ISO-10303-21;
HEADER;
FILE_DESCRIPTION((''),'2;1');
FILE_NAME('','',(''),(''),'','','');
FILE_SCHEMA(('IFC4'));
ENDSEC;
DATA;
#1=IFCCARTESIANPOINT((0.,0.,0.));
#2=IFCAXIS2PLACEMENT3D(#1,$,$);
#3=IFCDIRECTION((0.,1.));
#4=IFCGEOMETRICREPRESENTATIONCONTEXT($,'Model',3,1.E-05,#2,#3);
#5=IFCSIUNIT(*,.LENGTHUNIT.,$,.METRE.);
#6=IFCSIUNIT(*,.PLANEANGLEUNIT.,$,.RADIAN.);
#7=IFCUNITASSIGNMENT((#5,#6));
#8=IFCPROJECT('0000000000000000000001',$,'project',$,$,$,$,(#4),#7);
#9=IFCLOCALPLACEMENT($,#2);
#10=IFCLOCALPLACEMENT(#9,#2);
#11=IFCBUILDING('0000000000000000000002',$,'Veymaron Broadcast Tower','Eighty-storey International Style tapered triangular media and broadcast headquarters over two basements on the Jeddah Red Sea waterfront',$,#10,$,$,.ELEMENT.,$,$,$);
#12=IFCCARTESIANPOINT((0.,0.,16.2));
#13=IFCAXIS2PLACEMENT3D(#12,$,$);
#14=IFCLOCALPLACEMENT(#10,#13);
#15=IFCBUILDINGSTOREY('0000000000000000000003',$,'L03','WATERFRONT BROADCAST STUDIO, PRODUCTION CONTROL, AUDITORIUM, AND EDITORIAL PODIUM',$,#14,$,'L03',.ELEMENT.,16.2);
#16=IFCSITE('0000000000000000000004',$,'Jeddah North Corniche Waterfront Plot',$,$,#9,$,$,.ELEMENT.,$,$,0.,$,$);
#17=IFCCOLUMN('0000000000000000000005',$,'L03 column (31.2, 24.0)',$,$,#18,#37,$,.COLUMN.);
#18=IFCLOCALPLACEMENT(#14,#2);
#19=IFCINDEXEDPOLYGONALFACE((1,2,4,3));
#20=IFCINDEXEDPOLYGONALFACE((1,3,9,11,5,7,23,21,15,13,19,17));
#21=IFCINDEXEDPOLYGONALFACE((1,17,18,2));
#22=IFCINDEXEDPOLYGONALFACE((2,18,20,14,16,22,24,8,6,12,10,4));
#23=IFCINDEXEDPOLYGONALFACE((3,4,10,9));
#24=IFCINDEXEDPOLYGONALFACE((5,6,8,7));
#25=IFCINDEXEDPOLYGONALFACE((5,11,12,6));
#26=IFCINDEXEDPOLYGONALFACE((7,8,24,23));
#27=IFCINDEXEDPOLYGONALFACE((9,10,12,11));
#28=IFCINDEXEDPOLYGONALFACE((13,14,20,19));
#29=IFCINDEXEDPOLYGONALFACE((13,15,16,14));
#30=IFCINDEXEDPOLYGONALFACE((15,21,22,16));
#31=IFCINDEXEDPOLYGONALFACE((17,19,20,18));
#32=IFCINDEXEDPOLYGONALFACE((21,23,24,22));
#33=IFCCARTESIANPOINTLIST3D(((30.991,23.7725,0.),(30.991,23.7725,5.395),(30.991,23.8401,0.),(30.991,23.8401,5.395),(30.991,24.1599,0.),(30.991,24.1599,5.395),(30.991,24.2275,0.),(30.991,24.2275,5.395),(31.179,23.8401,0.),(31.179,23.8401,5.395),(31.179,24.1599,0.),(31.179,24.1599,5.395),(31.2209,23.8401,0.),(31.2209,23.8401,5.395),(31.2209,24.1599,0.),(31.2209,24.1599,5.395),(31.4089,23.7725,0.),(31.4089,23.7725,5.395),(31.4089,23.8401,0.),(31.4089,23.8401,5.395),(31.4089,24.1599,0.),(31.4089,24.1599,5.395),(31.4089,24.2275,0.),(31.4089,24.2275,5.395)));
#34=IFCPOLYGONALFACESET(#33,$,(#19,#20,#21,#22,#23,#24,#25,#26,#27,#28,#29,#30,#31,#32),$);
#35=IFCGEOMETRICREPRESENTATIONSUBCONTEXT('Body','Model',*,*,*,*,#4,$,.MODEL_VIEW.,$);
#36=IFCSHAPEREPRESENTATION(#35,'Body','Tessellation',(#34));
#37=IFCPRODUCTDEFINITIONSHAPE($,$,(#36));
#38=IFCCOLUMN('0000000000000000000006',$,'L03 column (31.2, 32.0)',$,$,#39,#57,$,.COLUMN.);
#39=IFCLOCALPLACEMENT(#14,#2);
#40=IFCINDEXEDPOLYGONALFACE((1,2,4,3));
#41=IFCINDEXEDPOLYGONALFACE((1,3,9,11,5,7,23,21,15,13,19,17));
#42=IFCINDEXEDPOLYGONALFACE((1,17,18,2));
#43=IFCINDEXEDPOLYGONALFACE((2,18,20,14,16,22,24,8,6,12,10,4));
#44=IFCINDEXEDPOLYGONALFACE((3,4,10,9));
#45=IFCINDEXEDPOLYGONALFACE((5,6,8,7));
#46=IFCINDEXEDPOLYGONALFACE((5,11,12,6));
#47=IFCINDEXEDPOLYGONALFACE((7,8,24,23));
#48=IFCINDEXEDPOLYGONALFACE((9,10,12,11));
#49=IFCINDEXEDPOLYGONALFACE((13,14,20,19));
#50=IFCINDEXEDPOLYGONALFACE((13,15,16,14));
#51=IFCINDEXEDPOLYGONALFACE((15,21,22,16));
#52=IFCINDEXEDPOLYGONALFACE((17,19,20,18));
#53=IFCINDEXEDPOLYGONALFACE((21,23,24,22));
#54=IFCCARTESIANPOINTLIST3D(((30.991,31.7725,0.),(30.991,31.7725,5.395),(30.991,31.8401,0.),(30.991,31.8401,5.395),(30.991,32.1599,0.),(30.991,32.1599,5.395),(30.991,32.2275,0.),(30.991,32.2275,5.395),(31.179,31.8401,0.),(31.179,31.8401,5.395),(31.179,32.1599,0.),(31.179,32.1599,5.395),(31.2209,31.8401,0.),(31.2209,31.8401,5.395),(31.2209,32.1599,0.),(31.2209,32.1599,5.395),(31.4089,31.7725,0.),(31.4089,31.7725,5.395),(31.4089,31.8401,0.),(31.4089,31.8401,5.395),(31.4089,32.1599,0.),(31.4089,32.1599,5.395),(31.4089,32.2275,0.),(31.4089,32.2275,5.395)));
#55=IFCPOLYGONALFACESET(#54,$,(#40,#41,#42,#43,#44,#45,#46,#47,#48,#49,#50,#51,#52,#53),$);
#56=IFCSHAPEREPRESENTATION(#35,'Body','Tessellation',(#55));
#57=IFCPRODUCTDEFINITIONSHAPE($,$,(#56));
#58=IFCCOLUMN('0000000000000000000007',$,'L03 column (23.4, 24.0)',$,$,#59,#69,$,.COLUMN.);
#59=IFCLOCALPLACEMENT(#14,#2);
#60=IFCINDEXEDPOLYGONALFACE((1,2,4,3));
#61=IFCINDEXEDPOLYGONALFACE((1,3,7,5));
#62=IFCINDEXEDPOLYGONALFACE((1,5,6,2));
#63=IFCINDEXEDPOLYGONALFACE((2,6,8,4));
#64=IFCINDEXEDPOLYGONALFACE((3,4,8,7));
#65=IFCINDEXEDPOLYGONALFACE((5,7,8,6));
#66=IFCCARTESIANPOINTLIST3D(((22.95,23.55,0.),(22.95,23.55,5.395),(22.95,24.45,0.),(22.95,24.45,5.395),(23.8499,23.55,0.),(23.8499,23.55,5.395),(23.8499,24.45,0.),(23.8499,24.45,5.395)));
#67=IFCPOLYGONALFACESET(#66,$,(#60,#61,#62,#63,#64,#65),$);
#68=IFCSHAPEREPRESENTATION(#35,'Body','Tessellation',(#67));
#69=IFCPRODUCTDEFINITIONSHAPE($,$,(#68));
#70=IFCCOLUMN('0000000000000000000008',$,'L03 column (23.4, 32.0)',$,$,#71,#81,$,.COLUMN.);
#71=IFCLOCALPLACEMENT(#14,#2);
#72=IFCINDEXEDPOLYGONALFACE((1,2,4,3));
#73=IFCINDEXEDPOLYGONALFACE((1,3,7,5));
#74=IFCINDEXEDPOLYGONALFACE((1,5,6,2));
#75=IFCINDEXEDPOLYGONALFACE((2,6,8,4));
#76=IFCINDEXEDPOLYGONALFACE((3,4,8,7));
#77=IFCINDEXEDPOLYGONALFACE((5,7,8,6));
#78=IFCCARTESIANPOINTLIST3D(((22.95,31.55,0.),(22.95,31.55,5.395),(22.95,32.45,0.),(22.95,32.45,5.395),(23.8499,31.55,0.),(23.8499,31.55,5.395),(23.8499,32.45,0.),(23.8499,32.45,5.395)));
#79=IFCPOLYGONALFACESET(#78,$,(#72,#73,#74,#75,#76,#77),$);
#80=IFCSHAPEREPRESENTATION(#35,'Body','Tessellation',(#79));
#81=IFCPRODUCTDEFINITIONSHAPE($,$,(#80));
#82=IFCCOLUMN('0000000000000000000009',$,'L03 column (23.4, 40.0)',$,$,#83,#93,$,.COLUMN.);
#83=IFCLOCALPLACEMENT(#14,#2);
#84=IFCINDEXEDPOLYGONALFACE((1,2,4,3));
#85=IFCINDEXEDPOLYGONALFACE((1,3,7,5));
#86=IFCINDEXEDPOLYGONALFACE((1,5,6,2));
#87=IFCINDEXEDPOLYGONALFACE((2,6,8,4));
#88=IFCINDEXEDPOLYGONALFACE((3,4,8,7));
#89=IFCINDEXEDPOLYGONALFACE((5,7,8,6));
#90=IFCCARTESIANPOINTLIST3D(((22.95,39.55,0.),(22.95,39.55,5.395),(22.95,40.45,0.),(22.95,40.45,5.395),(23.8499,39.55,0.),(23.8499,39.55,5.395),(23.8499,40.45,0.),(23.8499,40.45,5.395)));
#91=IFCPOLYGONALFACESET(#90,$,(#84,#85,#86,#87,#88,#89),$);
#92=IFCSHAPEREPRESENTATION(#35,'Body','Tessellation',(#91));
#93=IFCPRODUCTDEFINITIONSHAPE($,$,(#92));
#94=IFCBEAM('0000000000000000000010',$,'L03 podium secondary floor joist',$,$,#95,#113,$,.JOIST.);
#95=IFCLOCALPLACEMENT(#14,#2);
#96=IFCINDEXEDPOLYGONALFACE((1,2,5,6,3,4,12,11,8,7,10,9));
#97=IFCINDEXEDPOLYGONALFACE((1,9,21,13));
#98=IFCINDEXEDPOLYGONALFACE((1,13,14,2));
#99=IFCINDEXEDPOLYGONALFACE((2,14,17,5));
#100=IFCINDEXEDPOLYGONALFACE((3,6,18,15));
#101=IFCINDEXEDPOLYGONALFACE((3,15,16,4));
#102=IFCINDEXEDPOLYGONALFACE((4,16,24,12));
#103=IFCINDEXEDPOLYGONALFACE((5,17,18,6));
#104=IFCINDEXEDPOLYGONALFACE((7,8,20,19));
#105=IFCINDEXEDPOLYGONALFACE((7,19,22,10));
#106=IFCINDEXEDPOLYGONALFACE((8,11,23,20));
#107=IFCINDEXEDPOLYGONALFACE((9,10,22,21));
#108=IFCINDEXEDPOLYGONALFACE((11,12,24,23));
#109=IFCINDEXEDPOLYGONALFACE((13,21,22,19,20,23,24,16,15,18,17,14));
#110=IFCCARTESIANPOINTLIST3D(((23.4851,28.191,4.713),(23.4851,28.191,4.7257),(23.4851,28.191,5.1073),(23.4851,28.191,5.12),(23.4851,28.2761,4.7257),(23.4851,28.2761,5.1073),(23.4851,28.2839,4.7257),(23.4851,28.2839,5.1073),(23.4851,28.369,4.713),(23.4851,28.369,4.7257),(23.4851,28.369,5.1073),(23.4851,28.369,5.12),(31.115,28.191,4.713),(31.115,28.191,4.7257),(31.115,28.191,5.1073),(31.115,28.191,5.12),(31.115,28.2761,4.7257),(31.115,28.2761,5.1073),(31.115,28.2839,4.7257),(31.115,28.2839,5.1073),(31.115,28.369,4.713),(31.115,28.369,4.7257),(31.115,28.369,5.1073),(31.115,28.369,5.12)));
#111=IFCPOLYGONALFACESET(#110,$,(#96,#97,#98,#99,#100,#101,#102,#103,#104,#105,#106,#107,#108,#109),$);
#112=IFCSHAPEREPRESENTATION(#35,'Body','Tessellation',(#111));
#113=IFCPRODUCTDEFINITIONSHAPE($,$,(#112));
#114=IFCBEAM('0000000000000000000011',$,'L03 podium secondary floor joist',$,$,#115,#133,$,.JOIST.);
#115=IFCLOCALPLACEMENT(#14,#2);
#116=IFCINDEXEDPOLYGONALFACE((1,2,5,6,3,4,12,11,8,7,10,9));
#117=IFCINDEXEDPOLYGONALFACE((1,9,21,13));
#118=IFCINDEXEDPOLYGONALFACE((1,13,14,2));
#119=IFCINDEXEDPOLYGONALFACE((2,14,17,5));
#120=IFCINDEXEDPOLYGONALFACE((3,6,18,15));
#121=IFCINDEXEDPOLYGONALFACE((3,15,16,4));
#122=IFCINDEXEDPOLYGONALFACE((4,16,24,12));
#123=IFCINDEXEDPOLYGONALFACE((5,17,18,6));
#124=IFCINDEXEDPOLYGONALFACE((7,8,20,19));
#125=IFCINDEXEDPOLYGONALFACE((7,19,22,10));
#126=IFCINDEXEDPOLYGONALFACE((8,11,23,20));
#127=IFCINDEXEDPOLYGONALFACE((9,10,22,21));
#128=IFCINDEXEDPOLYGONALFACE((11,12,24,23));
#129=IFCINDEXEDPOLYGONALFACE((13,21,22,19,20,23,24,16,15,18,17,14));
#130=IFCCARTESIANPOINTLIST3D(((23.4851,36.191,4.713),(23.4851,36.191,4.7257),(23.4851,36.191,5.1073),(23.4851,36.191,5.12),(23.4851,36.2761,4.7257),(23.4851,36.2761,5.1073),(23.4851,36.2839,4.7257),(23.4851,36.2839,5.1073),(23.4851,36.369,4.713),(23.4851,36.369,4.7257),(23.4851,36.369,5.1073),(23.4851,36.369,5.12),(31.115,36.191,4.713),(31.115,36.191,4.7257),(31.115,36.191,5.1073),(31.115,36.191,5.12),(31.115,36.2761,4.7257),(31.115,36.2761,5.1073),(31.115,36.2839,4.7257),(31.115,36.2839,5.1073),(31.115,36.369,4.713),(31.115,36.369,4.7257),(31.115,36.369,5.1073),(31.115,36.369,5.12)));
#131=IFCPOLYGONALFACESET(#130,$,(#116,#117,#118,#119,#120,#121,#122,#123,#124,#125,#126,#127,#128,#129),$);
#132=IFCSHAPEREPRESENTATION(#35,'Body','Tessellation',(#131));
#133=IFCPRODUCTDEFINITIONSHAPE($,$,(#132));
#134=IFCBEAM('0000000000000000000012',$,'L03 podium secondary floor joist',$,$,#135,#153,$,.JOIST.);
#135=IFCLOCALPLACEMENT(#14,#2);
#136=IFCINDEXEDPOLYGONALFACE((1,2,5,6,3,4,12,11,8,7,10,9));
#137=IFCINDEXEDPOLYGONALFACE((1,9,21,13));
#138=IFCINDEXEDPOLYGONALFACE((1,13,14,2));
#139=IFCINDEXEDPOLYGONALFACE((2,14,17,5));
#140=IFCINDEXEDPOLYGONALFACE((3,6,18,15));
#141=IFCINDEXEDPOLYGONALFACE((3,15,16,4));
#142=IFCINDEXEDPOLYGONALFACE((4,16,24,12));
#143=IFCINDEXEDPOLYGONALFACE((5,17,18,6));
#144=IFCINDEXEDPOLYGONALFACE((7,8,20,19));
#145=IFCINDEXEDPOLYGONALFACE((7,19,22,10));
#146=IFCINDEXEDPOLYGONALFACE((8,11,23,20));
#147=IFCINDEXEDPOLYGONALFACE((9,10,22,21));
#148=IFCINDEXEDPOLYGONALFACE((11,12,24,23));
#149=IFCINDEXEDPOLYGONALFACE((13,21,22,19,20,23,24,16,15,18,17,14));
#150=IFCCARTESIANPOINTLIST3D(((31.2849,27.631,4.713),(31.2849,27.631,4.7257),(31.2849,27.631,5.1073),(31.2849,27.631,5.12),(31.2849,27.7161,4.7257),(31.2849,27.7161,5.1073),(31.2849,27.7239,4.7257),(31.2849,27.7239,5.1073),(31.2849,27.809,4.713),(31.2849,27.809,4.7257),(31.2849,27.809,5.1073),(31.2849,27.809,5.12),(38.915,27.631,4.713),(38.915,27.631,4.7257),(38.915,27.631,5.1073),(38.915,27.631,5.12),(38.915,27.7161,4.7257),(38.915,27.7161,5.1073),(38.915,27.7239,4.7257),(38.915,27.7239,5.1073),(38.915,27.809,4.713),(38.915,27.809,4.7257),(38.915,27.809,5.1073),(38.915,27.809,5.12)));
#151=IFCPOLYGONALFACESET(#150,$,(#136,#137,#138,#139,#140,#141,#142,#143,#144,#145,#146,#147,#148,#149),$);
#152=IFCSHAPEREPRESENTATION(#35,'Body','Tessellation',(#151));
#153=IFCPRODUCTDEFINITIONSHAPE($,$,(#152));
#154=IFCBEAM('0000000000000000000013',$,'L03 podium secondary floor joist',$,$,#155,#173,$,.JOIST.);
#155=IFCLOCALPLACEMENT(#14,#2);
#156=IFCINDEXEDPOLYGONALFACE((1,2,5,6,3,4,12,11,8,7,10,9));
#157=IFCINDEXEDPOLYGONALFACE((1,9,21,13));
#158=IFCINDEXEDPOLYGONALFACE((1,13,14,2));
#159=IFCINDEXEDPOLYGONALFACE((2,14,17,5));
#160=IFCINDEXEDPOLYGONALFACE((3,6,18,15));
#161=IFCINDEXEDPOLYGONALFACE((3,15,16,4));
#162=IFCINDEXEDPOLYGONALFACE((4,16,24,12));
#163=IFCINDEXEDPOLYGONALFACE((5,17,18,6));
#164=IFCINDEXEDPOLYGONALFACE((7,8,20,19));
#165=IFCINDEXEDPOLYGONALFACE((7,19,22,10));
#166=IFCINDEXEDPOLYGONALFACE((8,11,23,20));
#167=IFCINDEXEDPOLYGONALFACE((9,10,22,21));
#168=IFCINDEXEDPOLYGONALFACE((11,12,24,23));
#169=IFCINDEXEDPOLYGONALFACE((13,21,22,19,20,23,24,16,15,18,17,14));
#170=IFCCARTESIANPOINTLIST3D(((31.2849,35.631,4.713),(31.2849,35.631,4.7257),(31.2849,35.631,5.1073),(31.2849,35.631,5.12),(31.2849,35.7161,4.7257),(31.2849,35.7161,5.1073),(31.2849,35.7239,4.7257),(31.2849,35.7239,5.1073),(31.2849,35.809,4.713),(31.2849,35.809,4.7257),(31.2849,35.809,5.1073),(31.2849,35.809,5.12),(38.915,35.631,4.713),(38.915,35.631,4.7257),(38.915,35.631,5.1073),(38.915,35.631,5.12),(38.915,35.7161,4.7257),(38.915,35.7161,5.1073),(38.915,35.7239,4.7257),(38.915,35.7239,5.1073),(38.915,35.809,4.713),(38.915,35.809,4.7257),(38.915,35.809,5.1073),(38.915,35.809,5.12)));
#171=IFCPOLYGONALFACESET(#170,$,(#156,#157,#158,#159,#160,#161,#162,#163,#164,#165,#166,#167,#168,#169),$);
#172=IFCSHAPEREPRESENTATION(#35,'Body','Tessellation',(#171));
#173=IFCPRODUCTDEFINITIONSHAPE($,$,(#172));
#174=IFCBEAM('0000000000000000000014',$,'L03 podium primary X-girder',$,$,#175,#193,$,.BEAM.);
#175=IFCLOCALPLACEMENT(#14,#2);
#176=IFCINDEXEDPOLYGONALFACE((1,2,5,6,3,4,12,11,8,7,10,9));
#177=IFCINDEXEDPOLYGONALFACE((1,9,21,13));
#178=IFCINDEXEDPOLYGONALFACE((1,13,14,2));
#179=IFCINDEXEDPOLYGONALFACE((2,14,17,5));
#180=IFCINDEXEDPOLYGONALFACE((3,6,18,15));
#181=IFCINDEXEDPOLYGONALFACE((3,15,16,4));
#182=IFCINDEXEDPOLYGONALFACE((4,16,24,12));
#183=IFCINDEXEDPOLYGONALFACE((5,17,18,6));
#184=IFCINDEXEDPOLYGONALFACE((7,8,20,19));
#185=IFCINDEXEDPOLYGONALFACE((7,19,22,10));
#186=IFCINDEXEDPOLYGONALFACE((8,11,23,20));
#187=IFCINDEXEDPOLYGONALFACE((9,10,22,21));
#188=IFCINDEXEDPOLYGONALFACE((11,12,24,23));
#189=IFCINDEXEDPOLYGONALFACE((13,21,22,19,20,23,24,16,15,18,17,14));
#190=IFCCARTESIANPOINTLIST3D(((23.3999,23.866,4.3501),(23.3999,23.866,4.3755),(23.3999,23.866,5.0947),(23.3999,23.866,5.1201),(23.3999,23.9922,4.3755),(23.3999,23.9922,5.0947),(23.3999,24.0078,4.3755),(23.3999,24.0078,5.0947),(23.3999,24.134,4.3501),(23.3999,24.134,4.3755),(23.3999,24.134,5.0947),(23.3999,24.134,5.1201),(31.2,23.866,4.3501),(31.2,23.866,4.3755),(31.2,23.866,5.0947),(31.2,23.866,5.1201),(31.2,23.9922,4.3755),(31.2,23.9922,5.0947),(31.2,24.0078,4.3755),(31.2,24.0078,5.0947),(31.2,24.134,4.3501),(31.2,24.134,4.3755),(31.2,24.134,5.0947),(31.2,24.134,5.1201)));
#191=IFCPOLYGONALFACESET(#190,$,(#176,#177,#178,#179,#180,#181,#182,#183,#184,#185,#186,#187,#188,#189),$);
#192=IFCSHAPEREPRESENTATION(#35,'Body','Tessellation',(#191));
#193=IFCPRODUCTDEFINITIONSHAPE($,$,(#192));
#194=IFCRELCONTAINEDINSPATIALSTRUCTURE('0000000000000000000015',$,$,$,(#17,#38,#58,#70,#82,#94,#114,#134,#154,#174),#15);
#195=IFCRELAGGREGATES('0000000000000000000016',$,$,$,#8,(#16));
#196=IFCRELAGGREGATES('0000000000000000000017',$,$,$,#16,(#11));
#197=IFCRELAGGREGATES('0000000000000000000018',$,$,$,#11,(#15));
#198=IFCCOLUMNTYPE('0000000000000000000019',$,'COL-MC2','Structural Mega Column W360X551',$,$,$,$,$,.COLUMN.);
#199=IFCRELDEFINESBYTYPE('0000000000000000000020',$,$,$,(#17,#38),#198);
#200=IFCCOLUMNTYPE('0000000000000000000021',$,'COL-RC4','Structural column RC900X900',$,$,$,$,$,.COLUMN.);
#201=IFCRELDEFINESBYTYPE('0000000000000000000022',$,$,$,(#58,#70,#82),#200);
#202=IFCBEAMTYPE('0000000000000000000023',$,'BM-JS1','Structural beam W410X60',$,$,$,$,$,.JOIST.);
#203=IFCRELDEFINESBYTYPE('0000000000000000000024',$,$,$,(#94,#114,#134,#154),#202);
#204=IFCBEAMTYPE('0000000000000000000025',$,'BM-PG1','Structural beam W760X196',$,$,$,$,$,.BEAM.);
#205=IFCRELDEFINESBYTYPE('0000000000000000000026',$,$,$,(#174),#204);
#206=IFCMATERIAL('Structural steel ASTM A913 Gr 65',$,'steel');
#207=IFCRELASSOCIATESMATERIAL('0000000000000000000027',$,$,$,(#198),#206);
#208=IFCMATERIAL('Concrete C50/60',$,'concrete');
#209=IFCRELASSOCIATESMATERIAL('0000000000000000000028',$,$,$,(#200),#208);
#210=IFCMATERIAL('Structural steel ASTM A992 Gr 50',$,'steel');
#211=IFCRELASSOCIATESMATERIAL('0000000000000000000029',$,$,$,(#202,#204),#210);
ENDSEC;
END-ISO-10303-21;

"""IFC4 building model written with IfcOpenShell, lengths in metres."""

from ifc_helpers import new_model, si_unit, direction, frame, origin, origin_2d, place, context, subcontext, project, spatial, rectangle, i_section, extrude, material, material_profile, profile_set, type_object, element, save


model = new_model("IFC4")

# Units and contexts
model_context = context("Model", 3, precision=1e-05, world=origin(), true_north=direction((0.0, 1.0)))
body_context = subcontext(model_context, "Body", "Model", "MODEL_VIEW")
ifc_project = project(units=[si_unit("LENGTHUNIT", "METRE"), si_unit("PLANEANGLEUNIT", "RADIAN")], contexts=[model_context])

# Site, building, storey
site_placement = place(None, origin())
site = spatial("IfcSite", under=ifc_project, at=site_placement, Name="Jeddah North Corniche Waterfront Plot", CompositionType="ELEMENT", RefElevation=0.0)
building_placement = place(site_placement, origin())
building = spatial("IfcBuilding", under=site, at=building_placement, Name="Veymaron Broadcast Tower", Description="Eighty-storey International Style tapered triangular media and broadcast headquarters over two basements on the Jeddah Red Sea waterfront", CompositionType="ELEMENT")
storey_placement = place(building_placement, frame((0.0, 0.0, 16.2)))
storey = spatial("IfcBuildingStorey", under=building, at=storey_placement, Name="L03", Description="WATERFRONT BROADCAST STUDIO, PRODUCTION CONTROL, AUDITORIUM, AND EDITORIAL PODIUM", LongName="L03", CompositionType="ELEMENT", Elevation=16.2)

# Columns
ifc_material_1 = material(Name="Structural steel ASTM A913 Gr 65", Category="steel")
ifc_material_profile_1 = material_profile(ifc_material_1, i_section(OverallWidth=0.418, OverallDepth=0.4551, WebThickness=0.042, FlangeThickness=0.0676, at=origin_2d()), Name="W360X551")
ifc_profile_set_1 = profile_set([ifc_material_profile_1], Name="Structural steel ASTM A913 Gr 65")
column_type_1 = type_object("IfcColumnType", Name="COL-MC2", Description="Structural Mega Column W360X551", PredefinedType="COLUMN", material=ifc_profile_set_1)
for number, where, z_axis, x_axis, name in (
    (1, (31.2, 24.0, 0.0), (0.0, 0.0, 1.0), (1.0, 0.0, 0.0), "L03 column (31.2, 24.0)"),
    (2, (31.2, 32.0, 0.0), (0.0, 0.0, 1.0), (1.0, 0.0, 0.0), "L03 column (31.2, 32.0)"),
):
    element("IfcColumn", number, at=place(storey_placement, frame(where, z_axis=z_axis, x_axis=x_axis)), inside=storey, type_object=column_type_1, Name=name, PredefinedType="COLUMN", context=body_context, shape_type="SweptSolid", body=[
        extrude(i_section(OverallWidth=0.418, OverallDepth=0.4551, WebThickness=0.042, FlangeThickness=0.0676, at=origin_2d()), origin(), (0.0, 0.0, 1.0), 5.395),
    ])
ifc_material_2 = material(Name="Concrete C50/60", Category="concrete")
ifc_material_profile_2 = material_profile(ifc_material_2, rectangle(XDim=0.8999, YDim=0.8999, at=origin_2d()), Name="RC900X900")
ifc_profile_set_2 = profile_set([ifc_material_profile_2], Name="Concrete C50/60")
column_type_2 = type_object("IfcColumnType", Name="COL-RC4", Description="Structural column RC900X900", PredefinedType="COLUMN", material=ifc_profile_set_2)
for number, where, z_axis, x_axis, name in (
    (3, (23.3999, 24.0, 0.0), (0.0, 0.0, 1.0), (1.0, 0.0, 0.0), "L03 column (23.4, 24.0)"),
    (4, (23.3999, 32.0, 0.0), (0.0, 0.0, 1.0), (1.0, 0.0, 0.0), "L03 column (23.4, 32.0)"),
    (5, (23.3999, 40.0, 0.0), (0.0, 0.0, 1.0), (1.0, 0.0, 0.0), "L03 column (23.4, 40.0)"),
):
    element("IfcColumn", number, at=place(storey_placement, frame(where, z_axis=z_axis, x_axis=x_axis)), inside=storey, type_object=column_type_2, Name=name, PredefinedType="COLUMN", context=body_context, shape_type="SweptSolid", body=[
        extrude(rectangle(XDim=0.8999, YDim=0.8999, at=origin_2d()), origin(), (0.0, 0.0, 1.0), 5.395),
    ])

# Beams
ifc_material_3 = material(Name="Structural steel ASTM A992 Gr 50", Category="steel")
ifc_material_profile_3 = material_profile(ifc_material_3, i_section(OverallWidth=0.178, OverallDepth=0.407, WebThickness=0.0078, FlangeThickness=0.0127, at=origin_2d()), Name="W410X60")
ifc_profile_set_3 = profile_set([ifc_material_profile_3], Name="Structural steel ASTM A992 Gr 50")
beam_type_1 = type_object("IfcBeamType", Name="BM-JS1", Description="Structural beam W410X60", PredefinedType="JOIST", material=ifc_profile_set_3)
for number, where, z_axis, x_axis, name in (
    (6, (23.4851, 28.28, 4.9165), (1.0, 0.0, 0.0), (0.0, 1.0, 0.0), "L03 podium secondary floor joist"),
    (7, (23.4851, 36.28, 4.9165), (1.0, 0.0, 0.0), (0.0, 1.0, 0.0), "L03 podium secondary floor joist"),
):
    element("IfcBeam", number, at=place(storey_placement, frame(where, z_axis=z_axis, x_axis=x_axis)), inside=storey, type_object=beam_type_1, Name=name, PredefinedType="JOIST", context=body_context, shape_type="SweptSolid", body=[
        extrude(i_section(OverallWidth=0.178, OverallDepth=0.407, WebThickness=0.0078, FlangeThickness=0.0127, at=origin_2d()), origin(), (0.0, 0.0, 1.0), 7.6299),
    ])
for number, where, z_axis, x_axis, name in (
    (8, (31.2849, 27.72, 4.9165), (1.0, 0.0, 0.0), (0.0, 1.0, 0.0), "L03 podium secondary floor joist"),
    (9, (31.2849, 35.72, 4.9165), (1.0, 0.0, 0.0), (0.0, 1.0, 0.0), "L03 podium secondary floor joist"),
):
    element("IfcBeam", number, at=place(storey_placement, frame(where, z_axis=z_axis, x_axis=x_axis)), inside=storey, type_object=beam_type_1, Name=name, PredefinedType="JOIST", context=body_context, shape_type="SweptSolid", body=[
        extrude(i_section(OverallWidth=0.178, OverallDepth=0.407, WebThickness=0.0078, FlangeThickness=0.0127, at=origin_2d()), origin(), (0.0, 0.0, 1.0), 7.6301),
    ])
ifc_material_profile_4 = material_profile(ifc_material_3, i_section(OverallWidth=0.2681, OverallDepth=0.77, WebThickness=0.0156, FlangeThickness=0.0254, at=origin_2d()), Name="W760X196")
ifc_profile_set_4 = profile_set([ifc_material_profile_4], Name="Structural steel ASTM A992 Gr 50")
beam_type_2 = type_object("IfcBeamType", Name="BM-PG1", Description="Structural beam W760X196", PredefinedType="BEAM", material=ifc_profile_set_4)
for number, where, z_axis, x_axis, name in (
    (10, (23.3999, 24.0, 4.7351), (1.0, 0.0, 0.0), (0.0, 1.0, 0.0), "L03 podium primary X-girder"),
):
    element("IfcBeam", number, at=place(storey_placement, frame(where, z_axis=z_axis, x_axis=x_axis)), inside=storey, type_object=beam_type_2, Name=name, PredefinedType="BEAM", context=body_context, shape_type="SweptSolid", body=[
        extrude(i_section(OverallWidth=0.2681, OverallDepth=0.77, WebThickness=0.0156, FlangeThickness=0.0254, at=origin_2d()), origin(), (0.0, 0.0, 1.0), 7.8),
    ])

save(model, "model.ifc")
